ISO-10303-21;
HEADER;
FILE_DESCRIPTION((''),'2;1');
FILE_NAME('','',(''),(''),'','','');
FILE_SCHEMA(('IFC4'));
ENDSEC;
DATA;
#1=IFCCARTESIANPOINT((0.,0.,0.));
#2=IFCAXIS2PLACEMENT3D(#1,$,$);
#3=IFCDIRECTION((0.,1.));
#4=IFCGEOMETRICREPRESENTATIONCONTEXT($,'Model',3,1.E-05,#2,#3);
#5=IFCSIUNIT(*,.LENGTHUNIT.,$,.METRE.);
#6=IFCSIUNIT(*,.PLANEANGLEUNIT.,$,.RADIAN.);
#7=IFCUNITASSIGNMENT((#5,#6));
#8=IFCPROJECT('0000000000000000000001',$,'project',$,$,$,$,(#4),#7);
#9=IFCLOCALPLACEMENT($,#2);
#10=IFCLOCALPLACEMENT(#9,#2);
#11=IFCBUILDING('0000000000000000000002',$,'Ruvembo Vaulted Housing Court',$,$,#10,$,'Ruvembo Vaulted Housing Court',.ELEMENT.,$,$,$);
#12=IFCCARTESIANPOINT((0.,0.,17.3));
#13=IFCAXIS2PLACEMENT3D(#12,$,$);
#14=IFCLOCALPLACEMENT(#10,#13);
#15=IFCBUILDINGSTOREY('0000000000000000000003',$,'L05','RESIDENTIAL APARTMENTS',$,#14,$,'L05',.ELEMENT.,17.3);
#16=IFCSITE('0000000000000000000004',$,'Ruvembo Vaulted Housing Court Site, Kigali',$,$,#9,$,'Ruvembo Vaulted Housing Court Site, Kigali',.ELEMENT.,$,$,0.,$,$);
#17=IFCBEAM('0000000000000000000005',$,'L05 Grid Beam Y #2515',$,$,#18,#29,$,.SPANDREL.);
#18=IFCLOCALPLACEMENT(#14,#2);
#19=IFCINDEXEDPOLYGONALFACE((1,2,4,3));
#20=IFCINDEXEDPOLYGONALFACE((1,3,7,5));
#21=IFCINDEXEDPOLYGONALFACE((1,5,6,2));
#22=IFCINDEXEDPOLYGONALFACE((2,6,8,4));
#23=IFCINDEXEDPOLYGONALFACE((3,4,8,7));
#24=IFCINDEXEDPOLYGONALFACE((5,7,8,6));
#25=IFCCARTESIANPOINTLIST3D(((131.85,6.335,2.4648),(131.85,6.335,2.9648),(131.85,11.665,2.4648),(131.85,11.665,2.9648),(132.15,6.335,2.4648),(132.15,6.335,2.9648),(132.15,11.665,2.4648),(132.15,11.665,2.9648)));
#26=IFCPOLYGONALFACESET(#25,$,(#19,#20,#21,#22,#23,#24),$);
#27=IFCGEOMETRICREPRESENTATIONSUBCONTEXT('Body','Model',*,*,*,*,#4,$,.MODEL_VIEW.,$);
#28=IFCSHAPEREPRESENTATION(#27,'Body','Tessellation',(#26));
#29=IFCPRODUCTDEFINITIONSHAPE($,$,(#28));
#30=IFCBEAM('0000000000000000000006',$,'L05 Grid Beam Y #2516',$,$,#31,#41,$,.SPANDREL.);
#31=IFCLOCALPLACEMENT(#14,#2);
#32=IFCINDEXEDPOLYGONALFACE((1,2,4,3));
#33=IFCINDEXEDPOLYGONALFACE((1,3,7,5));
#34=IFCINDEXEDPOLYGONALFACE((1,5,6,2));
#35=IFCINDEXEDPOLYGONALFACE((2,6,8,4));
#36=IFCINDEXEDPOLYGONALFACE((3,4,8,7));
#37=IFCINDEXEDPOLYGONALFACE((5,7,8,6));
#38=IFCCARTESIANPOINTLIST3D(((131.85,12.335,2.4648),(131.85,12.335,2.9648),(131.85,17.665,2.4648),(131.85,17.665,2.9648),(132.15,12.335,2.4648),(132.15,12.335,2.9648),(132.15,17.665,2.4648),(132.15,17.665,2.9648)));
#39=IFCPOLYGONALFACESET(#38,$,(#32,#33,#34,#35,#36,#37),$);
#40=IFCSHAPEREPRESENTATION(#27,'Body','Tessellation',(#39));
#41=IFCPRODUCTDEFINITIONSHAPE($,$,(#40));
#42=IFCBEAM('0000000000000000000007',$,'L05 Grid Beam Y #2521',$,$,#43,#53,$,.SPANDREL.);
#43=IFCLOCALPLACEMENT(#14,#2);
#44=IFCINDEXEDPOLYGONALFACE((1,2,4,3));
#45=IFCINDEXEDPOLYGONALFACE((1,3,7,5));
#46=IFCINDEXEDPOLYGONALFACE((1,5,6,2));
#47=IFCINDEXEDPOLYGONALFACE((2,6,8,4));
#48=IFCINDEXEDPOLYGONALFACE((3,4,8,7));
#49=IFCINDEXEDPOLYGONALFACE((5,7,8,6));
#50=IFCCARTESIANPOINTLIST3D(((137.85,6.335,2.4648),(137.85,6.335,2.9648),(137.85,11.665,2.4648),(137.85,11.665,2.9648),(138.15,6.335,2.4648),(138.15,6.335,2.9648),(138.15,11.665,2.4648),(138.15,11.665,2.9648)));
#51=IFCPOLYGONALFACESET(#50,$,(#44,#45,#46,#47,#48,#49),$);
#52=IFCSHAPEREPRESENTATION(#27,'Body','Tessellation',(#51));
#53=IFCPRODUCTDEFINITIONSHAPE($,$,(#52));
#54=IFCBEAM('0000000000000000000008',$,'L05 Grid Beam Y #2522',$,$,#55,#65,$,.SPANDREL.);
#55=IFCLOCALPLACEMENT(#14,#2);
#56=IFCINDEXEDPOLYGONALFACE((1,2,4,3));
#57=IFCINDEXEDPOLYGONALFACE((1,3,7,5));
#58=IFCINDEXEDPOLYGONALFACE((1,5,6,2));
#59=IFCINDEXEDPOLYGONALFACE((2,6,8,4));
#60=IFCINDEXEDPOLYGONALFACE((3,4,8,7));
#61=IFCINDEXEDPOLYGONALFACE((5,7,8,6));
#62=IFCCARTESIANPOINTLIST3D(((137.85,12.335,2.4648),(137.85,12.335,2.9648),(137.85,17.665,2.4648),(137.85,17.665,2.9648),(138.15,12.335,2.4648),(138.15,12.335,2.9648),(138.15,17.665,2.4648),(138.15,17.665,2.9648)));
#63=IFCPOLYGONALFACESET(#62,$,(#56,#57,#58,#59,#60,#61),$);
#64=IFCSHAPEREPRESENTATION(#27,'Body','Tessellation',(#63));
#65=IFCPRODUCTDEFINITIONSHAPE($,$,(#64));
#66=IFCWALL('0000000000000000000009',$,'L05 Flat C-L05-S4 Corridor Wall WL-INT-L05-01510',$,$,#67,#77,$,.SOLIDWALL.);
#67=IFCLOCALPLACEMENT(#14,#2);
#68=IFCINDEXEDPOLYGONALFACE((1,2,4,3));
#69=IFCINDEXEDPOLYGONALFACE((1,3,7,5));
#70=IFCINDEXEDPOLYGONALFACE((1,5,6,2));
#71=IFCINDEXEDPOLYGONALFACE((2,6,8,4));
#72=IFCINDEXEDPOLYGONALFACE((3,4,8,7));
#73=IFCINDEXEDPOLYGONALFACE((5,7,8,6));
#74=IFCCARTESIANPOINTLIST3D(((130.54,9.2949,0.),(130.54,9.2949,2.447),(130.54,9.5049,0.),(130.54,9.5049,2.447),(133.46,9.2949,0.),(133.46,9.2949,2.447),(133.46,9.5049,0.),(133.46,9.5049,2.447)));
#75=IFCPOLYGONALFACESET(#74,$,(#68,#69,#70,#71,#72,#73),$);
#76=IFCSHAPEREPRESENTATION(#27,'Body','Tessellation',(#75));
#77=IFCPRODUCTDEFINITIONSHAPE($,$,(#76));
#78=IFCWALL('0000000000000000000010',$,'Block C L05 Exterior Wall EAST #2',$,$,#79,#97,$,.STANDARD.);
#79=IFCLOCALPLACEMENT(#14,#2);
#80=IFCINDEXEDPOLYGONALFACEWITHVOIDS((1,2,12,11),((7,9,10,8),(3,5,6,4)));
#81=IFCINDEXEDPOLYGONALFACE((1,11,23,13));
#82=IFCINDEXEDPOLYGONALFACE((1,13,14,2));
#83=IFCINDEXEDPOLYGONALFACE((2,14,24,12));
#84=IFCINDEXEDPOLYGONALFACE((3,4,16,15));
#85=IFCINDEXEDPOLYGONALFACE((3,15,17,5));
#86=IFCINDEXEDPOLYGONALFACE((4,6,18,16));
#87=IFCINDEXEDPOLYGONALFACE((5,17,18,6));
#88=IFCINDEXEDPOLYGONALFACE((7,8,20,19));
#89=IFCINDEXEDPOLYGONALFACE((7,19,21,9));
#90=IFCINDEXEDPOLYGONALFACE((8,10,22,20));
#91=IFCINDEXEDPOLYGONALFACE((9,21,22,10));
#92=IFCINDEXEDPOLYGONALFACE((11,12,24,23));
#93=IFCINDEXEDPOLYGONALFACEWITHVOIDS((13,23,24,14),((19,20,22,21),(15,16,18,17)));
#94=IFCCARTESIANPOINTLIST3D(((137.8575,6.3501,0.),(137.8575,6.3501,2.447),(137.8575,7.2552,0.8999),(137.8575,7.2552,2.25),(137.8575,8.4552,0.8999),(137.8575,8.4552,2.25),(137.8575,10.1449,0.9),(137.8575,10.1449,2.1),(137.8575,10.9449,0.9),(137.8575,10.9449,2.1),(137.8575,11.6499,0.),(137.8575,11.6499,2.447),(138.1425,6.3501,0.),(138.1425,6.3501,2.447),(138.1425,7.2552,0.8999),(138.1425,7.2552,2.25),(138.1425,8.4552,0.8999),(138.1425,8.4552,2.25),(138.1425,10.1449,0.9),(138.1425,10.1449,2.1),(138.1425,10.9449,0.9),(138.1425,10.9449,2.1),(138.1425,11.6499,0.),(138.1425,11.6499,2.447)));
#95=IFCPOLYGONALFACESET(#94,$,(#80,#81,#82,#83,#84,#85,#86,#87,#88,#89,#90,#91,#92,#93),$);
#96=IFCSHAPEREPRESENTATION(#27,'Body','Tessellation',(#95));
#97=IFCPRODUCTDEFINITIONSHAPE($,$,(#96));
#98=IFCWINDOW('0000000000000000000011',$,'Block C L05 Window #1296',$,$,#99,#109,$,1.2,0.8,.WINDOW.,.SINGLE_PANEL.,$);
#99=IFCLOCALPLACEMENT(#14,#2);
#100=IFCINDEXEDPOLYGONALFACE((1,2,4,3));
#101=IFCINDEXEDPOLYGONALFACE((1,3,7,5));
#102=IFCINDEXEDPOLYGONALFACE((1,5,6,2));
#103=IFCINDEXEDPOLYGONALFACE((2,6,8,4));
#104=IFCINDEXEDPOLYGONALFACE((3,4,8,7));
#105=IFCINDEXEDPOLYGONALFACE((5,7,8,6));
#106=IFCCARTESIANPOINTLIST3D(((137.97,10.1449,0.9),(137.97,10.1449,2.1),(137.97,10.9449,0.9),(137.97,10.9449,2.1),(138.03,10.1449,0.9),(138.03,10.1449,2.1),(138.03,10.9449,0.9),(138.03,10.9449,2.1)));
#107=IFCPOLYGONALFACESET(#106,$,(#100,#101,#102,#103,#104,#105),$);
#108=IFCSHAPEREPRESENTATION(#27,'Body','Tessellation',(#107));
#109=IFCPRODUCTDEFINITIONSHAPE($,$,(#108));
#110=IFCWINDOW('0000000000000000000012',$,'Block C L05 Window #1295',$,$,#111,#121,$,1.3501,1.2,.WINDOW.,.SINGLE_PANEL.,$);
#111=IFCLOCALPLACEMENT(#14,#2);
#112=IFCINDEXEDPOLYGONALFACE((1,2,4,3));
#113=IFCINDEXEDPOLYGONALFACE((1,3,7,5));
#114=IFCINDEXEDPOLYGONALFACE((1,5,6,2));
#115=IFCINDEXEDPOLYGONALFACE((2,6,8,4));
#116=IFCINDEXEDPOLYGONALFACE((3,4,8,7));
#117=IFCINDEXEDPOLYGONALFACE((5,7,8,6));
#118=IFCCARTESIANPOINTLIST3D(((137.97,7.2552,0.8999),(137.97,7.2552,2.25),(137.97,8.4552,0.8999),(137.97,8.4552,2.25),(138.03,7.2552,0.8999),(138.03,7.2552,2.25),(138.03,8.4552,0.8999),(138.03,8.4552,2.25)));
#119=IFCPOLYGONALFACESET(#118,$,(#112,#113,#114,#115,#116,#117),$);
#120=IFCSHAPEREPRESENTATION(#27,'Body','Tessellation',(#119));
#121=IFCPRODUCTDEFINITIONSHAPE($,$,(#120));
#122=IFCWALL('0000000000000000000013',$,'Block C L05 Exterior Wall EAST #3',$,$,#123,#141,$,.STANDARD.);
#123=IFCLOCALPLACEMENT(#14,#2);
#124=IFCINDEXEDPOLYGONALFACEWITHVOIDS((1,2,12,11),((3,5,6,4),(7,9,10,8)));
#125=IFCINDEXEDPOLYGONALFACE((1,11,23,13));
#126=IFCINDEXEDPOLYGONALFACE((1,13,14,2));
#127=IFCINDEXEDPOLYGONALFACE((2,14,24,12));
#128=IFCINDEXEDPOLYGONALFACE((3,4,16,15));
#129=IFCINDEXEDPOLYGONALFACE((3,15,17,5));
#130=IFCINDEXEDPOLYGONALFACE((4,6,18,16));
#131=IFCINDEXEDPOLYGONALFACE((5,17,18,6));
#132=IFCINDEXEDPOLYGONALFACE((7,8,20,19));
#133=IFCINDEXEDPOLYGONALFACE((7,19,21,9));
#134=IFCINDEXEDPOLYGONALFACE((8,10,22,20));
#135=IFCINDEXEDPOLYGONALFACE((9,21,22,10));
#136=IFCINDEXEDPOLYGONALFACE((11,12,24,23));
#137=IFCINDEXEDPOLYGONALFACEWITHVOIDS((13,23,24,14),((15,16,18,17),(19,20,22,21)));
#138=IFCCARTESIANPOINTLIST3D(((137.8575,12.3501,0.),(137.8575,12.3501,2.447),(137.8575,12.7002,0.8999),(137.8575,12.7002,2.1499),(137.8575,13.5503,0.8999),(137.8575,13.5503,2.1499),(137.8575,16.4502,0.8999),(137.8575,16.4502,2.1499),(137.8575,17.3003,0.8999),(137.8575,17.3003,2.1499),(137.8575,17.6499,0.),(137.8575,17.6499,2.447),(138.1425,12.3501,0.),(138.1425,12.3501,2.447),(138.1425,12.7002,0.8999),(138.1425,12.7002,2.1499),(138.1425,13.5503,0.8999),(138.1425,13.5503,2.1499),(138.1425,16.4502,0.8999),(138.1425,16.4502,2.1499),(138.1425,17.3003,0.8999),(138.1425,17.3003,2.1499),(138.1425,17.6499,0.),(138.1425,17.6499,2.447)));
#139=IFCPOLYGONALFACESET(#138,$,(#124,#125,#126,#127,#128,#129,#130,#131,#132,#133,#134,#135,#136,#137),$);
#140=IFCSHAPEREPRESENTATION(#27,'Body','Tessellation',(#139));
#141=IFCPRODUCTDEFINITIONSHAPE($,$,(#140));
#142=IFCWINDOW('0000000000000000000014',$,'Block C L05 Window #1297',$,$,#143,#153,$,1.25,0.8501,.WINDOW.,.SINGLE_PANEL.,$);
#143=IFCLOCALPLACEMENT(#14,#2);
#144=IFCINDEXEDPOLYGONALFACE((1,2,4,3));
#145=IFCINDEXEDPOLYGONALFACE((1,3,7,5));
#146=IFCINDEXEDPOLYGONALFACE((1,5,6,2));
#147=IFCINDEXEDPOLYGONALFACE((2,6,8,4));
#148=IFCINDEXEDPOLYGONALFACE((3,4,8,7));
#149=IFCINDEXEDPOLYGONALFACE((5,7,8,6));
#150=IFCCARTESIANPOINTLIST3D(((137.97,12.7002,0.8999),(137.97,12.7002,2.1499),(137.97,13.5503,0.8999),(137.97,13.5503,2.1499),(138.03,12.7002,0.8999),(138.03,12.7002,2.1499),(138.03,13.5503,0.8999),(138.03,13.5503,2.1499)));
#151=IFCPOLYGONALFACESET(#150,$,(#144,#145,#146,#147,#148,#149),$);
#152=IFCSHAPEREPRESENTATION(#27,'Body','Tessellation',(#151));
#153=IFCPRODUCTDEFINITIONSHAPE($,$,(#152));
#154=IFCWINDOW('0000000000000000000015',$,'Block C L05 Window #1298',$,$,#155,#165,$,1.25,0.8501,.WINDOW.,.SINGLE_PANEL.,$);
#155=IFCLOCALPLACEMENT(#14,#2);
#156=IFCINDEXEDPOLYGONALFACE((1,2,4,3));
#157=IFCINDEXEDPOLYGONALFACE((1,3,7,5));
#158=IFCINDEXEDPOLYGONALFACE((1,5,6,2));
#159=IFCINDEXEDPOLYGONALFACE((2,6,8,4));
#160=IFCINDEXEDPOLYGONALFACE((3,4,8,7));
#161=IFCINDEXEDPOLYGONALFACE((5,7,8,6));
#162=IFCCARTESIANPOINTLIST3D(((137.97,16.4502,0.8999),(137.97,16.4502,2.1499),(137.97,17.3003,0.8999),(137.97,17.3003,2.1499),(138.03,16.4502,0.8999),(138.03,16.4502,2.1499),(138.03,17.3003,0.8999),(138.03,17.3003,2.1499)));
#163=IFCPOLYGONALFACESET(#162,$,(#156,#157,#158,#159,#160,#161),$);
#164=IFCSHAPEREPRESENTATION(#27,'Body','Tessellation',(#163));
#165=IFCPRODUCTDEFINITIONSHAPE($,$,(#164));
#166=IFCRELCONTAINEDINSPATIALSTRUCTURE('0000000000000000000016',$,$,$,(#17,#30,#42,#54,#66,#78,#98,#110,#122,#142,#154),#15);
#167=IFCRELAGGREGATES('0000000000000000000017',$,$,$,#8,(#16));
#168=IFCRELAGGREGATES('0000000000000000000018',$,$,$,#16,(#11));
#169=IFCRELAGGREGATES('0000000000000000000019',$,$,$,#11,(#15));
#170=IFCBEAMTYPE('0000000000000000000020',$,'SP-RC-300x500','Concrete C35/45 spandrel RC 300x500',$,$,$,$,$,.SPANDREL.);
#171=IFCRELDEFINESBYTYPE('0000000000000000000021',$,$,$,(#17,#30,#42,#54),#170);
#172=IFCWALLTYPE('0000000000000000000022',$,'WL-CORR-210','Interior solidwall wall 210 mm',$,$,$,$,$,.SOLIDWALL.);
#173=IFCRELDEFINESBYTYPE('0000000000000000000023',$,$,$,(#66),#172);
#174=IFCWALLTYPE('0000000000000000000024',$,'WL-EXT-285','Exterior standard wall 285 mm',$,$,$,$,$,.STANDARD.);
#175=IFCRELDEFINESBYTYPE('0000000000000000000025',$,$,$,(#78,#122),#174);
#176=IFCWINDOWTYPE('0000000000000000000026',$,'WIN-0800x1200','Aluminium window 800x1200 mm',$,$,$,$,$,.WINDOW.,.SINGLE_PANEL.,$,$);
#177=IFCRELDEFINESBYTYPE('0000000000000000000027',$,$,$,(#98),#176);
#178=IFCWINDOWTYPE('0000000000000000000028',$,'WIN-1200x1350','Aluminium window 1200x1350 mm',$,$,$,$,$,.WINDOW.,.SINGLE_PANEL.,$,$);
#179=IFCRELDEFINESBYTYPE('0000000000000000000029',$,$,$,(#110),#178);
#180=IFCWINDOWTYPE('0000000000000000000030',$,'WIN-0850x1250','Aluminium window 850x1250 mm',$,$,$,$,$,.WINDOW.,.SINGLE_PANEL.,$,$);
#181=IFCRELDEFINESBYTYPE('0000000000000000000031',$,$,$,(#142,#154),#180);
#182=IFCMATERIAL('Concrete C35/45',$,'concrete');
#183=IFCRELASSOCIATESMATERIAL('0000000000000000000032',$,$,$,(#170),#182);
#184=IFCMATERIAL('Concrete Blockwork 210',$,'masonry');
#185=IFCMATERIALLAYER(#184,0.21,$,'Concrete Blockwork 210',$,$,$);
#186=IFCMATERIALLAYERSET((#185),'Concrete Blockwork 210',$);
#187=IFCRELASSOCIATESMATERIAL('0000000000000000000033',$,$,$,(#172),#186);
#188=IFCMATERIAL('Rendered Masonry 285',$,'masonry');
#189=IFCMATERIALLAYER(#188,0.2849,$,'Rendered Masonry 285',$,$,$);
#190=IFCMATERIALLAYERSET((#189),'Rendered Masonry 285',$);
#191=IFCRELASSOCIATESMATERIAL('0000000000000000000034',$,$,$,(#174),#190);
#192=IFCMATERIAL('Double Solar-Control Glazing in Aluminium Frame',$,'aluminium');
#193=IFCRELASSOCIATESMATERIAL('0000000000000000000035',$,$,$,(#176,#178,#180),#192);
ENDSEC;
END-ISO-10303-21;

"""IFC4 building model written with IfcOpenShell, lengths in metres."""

from ifc_helpers import new_model, si_unit, direction, frame, frame_2d, origin, origin_2d, place, context, subcontext, project, spatial, rectangle, extrude, material, layer, layer_set, material_profile, profile_set, type_object, element, fill, save


model = new_model("IFC4")

# Units and contexts
model_context = context("Model", 3, precision=1e-05, world=origin(), true_north=direction((0.0, 1.0)))
body_context = subcontext(model_context, "Body", "Model", "MODEL_VIEW")
ifc_project = project(units=[si_unit("LENGTHUNIT", "METRE"), si_unit("PLANEANGLEUNIT", "RADIAN")], contexts=[model_context])

# Site, building, storey
site_placement = place(None, origin())
site = spatial("IfcSite", under=ifc_project, at=site_placement, Name="Ruvembo Vaulted Housing Court Site, Kigali", LongName="Ruvembo Vaulted Housing Court Site, Kigali", CompositionType="ELEMENT", RefElevation=0.0)
building_placement = place(site_placement, origin())
building = spatial("IfcBuilding", under=site, at=building_placement, Name="Ruvembo Vaulted Housing Court", LongName="Ruvembo Vaulted Housing Court", CompositionType="ELEMENT")
storey_placement = place(building_placement, frame((0.0, 0.0, 17.3)))
storey = spatial("IfcBuildingStorey", under=building, at=storey_placement, Name="L05", Description="RESIDENTIAL APARTMENTS", LongName="L05", CompositionType="ELEMENT", Elevation=17.3)

# Shared definitions
ifc_material_1 = material(Name="Concrete C35/45", Category="concrete")

# Beams
ifc_material_profile_1 = material_profile(ifc_material_1, rectangle(XDim=0.3, YDim=0.5, at=origin_2d()), Name="RC 300x500")
ifc_profile_set_1 = profile_set([ifc_material_profile_1], Name="Concrete C35/45")
beam_type_1 = type_object("IfcBeamType", Name="SP-RC-300x500", Description="Concrete C35/45 spandrel RC 300x500", PredefinedType="SPANDREL", material=ifc_profile_set_1)
for number, where, z_axis, x_axis, name in (
    (1, (132.0, 6.335, 2.7148), (0.0, 1.0, 0.0), (-1.0, 0.0, 0.0), "L05 Grid Beam Y #2515"),
    (2, (132.0, 12.335, 2.7148), (0.0, 1.0, 0.0), (-1.0, 0.0, 0.0), "L05 Grid Beam Y #2516"),
    (3, (138.0, 6.335, 2.7148), (0.0, 1.0, 0.0), (-1.0, 0.0, 0.0), "L05 Grid Beam Y #2521"),
    (4, (138.0, 12.335, 2.7148), (0.0, 1.0, 0.0), (-1.0, 0.0, 0.0), "L05 Grid Beam Y #2522"),
):
    element("IfcBeam", number, at=place(storey_placement, frame(where, z_axis=z_axis, x_axis=x_axis)), inside=storey, type_object=beam_type_1, Name=name, PredefinedType="SPANDREL", context=body_context, shape_type="SweptSolid", body=[
        extrude(rectangle(XDim=0.3, YDim=0.5, at=origin_2d()), origin(), (0.0, 0.0, 1.0), 5.3301),
    ])

# Shared definitions
ifc_material_2 = material(Name="Concrete Blockwork 210", Category="masonry")
ifc_layer_1 = layer(ifc_material_2, 0.21, Name="Concrete Blockwork 210")
ifc_layer_set_1 = layer_set([ifc_layer_1], Name="Concrete Blockwork 210")
wall_type_1 = type_object("IfcWallType", Name="WL-CORR-210", Description="Interior solidwall wall 210 mm", PredefinedType="SOLIDWALL", material=ifc_layer_set_1)

# Wall
wall_1_placement = place(storey_placement, frame((130.54, 9.3999, 0.0), z_axis=(0.0, 0.0, 1.0), x_axis=(1.0, 0.0, 0.0)))
element("IfcWall", 5, at=wall_1_placement, inside=storey, type_object=wall_type_1, Name="L05 Flat C-L05-S4 Corridor Wall WL-INT-L05-01510", PredefinedType="SOLIDWALL", context=body_context, shape_type="SweptSolid", body=[
    extrude(rectangle(XDim=2.9199, YDim=0.21, at=frame_2d((1.46, 0.0))), origin(), (0.0, 0.0, 1.0), 2.447),
])

# Walls, openings, windows
ifc_material_3 = material(Name="Rendered Masonry 285", Category="masonry")
ifc_layer_2 = layer(ifc_material_3, 0.2849, Name="Rendered Masonry 285")
ifc_layer_set_2 = layer_set([ifc_layer_2], Name="Rendered Masonry 285")
wall_type_2 = type_object("IfcWallType", Name="WL-EXT-285", Description="Exterior standard wall 285 mm", PredefinedType="STANDARD", material=ifc_layer_set_2)
wall_2_placement = place(storey_placement, frame((138.0, 6.3501, 0.0), z_axis=(0.0, 0.0, 1.0), x_axis=(0.0, 1.0, 0.0)))
wall_2 = element("IfcWall", 6, at=wall_2_placement, inside=storey, type_object=wall_type_2, Name="Block C L05 Exterior Wall EAST #2", PredefinedType="STANDARD", context=body_context, shape_type="SweptSolid", body=[
    extrude(rectangle(XDim=5.2998, YDim=0.2849, at=frame_2d((2.6499, 0.0))), origin(), (0.0, 0.0, 1.0), 2.447),
])
opening_1_placement = place(wall_2_placement, frame((0.905, 0.0, 0.8999)))
opening_1 = element("IfcOpeningElement", 7, at=opening_1_placement, cuts=wall_2, PredefinedType="OPENING", context=body_context, shape_type="SweptSolid", body=[
    extrude(rectangle(XDim=1.2, YDim=1.3501, at=frame_2d((0.6001, 0.675))), frame((0.0, 0.1523, 0.0), z_axis=(0.0, -1.0, 0.0), x_axis=(1.0, 0.0, 0.0)), (0.0, 0.0, 1.0), 0.3049),
])
opening_2_placement = place(wall_2_placement, frame((3.7949, 0.0, 0.8999)))
opening_2 = element("IfcOpeningElement", 8, at=opening_2_placement, cuts=wall_2, PredefinedType="OPENING", context=body_context, shape_type="SweptSolid", body=[
    extrude(rectangle(XDim=0.8, YDim=1.2, at=frame_2d((0.3999, 0.6001))), frame((0.0, 0.1523, 0.0), z_axis=(0.0, -1.0, 0.0), x_axis=(1.0, 0.0, 0.0)), (0.0, 0.0, 1.0), 0.3049),
])
ifc_material_4 = material(Name="Double Solar-Control Glazing in Aluminium Frame", Category="aluminium")
window_type_1 = type_object("IfcWindowType", Name="WIN-0800x1200", Description="Aluminium window 800x1200 mm", PartitioningType="SINGLE_PANEL", PredefinedType="WINDOW", material=ifc_material_4)
window_1_placement = place(opening_2_placement, origin())
window_1 = element("IfcWindow", 9, at=window_1_placement, inside=storey, type_object=window_type_1, Name="Block C L05 Window #1296", OverallHeight=1.2, OverallWidth=0.8, PartitioningType="SINGLE_PANEL", PredefinedType="WINDOW", context=body_context, shape_type="SweptSolid", body=[
    extrude(rectangle(XDim=0.8, YDim=1.2, at=frame_2d((0.3999, 0.6001))), frame((0.0, 0.03, 0.0), z_axis=(0.0, -1.0, 0.0), x_axis=(1.0, 0.0, 0.0)), (0.0, 0.0, 1.0), 0.0601),
])
fill(opening_2, window_1)
window_type_2 = type_object("IfcWindowType", Name="WIN-1200x1350", Description="Aluminium window 1200x1350 mm", PartitioningType="SINGLE_PANEL", PredefinedType="WINDOW", material=ifc_material_4)
window_2_placement = place(opening_1_placement, origin())
window_2 = element("IfcWindow", 10, at=window_2_placement, inside=storey, type_object=window_type_2, Name="Block C L05 Window #1295", OverallHeight=1.3501, OverallWidth=1.2, PartitioningType="SINGLE_PANEL", PredefinedType="WINDOW", context=body_context, shape_type="SweptSolid", body=[
    extrude(rectangle(XDim=1.2, YDim=1.3501, at=frame_2d((0.6001, 0.675))), frame((0.0, 0.03, 0.0), z_axis=(0.0, -1.0, 0.0), x_axis=(1.0, 0.0, 0.0)), (0.0, 0.0, 1.0), 0.0601),
])
fill(opening_1, window_2)
wall_3_placement = place(storey_placement, frame((138.0, 12.3501, 0.0), z_axis=(0.0, 0.0, 1.0), x_axis=(0.0, 1.0, 0.0)))
wall_3 = element("IfcWall", 11, at=wall_3_placement, inside=storey, type_object=wall_type_2, Name="Block C L05 Exterior Wall EAST #3", PredefinedType="STANDARD", context=body_context, shape_type="SweptSolid", body=[
    extrude(rectangle(XDim=5.2998, YDim=0.2849, at=frame_2d((2.6499, 0.0))), origin(), (0.0, 0.0, 1.0), 2.447),
])
opening_3_placement = place(wall_3_placement, frame((0.3501, 0.0, 0.8999)))
opening_3 = element("IfcOpeningElement", 12, at=opening_3_placement, cuts=wall_3, PredefinedType="OPENING", context=body_context, shape_type="SweptSolid", body=[
    extrude(rectangle(XDim=0.8501, YDim=1.25, at=frame_2d((0.425, 0.625))), frame((0.0, 0.1523, 0.0), z_axis=(0.0, -1.0, 0.0), x_axis=(1.0, 0.0, 0.0)), (0.0, 0.0, 1.0), 0.3049),
])
opening_4_placement = place(wall_3_placement, frame((4.1001, 0.0, 0.8999)))
opening_4 = element("IfcOpeningElement", 13, at=opening_4_placement, cuts=wall_3, PredefinedType="OPENING", context=body_context, shape_type="SweptSolid", body=[
    extrude(rectangle(XDim=0.8501, YDim=1.25, at=frame_2d((0.425, 0.625))), frame((0.0, 0.1523, 0.0), z_axis=(0.0, -1.0, 0.0), x_axis=(1.0, 0.0, 0.0)), (0.0, 0.0, 1.0), 0.3049),
])
window_type_3 = type_object("IfcWindowType", Name="WIN-0850x1250", Description="Aluminium window 850x1250 mm", PartitioningType="SINGLE_PANEL", PredefinedType="WINDOW", material=ifc_material_4)
window_3_placement = place(opening_3_placement, origin())
window_3 = element("IfcWindow", 14, at=window_3_placement, inside=storey, type_object=window_type_3, Name="Block C L05 Window #1297", OverallHeight=1.25, OverallWidth=0.8501, PartitioningType="SINGLE_PANEL", PredefinedType="WINDOW", context=body_context, shape_type="SweptSolid", body=[
    extrude(rectangle(XDim=0.8501, YDim=1.25, at=frame_2d((0.425, 0.625))), frame((0.0, 0.03, 0.0), z_axis=(0.0, -1.0, 0.0), x_axis=(1.0, 0.0, 0.0)), (0.0, 0.0, 1.0), 0.0601),
])
fill(opening_3, window_3)
window_4_placement = place(opening_4_placement, origin())
window_4 = element("IfcWindow", 15, at=window_4_placement, inside=storey, type_object=window_type_3, Name="Block C L05 Window #1298", OverallHeight=1.25, OverallWidth=0.8501, PartitioningType="SINGLE_PANEL", PredefinedType="WINDOW", context=body_context, shape_type="SweptSolid", body=[
    extrude(rectangle(XDim=0.8501, YDim=1.25, at=frame_2d((0.425, 0.625))), frame((0.0, 0.03, 0.0), z_axis=(0.0, -1.0, 0.0), x_axis=(1.0, 0.0, 0.0)), (0.0, 0.0, 1.0), 0.0601),
])
fill(opening_4, window_4)

save(model, "model.ifc")
